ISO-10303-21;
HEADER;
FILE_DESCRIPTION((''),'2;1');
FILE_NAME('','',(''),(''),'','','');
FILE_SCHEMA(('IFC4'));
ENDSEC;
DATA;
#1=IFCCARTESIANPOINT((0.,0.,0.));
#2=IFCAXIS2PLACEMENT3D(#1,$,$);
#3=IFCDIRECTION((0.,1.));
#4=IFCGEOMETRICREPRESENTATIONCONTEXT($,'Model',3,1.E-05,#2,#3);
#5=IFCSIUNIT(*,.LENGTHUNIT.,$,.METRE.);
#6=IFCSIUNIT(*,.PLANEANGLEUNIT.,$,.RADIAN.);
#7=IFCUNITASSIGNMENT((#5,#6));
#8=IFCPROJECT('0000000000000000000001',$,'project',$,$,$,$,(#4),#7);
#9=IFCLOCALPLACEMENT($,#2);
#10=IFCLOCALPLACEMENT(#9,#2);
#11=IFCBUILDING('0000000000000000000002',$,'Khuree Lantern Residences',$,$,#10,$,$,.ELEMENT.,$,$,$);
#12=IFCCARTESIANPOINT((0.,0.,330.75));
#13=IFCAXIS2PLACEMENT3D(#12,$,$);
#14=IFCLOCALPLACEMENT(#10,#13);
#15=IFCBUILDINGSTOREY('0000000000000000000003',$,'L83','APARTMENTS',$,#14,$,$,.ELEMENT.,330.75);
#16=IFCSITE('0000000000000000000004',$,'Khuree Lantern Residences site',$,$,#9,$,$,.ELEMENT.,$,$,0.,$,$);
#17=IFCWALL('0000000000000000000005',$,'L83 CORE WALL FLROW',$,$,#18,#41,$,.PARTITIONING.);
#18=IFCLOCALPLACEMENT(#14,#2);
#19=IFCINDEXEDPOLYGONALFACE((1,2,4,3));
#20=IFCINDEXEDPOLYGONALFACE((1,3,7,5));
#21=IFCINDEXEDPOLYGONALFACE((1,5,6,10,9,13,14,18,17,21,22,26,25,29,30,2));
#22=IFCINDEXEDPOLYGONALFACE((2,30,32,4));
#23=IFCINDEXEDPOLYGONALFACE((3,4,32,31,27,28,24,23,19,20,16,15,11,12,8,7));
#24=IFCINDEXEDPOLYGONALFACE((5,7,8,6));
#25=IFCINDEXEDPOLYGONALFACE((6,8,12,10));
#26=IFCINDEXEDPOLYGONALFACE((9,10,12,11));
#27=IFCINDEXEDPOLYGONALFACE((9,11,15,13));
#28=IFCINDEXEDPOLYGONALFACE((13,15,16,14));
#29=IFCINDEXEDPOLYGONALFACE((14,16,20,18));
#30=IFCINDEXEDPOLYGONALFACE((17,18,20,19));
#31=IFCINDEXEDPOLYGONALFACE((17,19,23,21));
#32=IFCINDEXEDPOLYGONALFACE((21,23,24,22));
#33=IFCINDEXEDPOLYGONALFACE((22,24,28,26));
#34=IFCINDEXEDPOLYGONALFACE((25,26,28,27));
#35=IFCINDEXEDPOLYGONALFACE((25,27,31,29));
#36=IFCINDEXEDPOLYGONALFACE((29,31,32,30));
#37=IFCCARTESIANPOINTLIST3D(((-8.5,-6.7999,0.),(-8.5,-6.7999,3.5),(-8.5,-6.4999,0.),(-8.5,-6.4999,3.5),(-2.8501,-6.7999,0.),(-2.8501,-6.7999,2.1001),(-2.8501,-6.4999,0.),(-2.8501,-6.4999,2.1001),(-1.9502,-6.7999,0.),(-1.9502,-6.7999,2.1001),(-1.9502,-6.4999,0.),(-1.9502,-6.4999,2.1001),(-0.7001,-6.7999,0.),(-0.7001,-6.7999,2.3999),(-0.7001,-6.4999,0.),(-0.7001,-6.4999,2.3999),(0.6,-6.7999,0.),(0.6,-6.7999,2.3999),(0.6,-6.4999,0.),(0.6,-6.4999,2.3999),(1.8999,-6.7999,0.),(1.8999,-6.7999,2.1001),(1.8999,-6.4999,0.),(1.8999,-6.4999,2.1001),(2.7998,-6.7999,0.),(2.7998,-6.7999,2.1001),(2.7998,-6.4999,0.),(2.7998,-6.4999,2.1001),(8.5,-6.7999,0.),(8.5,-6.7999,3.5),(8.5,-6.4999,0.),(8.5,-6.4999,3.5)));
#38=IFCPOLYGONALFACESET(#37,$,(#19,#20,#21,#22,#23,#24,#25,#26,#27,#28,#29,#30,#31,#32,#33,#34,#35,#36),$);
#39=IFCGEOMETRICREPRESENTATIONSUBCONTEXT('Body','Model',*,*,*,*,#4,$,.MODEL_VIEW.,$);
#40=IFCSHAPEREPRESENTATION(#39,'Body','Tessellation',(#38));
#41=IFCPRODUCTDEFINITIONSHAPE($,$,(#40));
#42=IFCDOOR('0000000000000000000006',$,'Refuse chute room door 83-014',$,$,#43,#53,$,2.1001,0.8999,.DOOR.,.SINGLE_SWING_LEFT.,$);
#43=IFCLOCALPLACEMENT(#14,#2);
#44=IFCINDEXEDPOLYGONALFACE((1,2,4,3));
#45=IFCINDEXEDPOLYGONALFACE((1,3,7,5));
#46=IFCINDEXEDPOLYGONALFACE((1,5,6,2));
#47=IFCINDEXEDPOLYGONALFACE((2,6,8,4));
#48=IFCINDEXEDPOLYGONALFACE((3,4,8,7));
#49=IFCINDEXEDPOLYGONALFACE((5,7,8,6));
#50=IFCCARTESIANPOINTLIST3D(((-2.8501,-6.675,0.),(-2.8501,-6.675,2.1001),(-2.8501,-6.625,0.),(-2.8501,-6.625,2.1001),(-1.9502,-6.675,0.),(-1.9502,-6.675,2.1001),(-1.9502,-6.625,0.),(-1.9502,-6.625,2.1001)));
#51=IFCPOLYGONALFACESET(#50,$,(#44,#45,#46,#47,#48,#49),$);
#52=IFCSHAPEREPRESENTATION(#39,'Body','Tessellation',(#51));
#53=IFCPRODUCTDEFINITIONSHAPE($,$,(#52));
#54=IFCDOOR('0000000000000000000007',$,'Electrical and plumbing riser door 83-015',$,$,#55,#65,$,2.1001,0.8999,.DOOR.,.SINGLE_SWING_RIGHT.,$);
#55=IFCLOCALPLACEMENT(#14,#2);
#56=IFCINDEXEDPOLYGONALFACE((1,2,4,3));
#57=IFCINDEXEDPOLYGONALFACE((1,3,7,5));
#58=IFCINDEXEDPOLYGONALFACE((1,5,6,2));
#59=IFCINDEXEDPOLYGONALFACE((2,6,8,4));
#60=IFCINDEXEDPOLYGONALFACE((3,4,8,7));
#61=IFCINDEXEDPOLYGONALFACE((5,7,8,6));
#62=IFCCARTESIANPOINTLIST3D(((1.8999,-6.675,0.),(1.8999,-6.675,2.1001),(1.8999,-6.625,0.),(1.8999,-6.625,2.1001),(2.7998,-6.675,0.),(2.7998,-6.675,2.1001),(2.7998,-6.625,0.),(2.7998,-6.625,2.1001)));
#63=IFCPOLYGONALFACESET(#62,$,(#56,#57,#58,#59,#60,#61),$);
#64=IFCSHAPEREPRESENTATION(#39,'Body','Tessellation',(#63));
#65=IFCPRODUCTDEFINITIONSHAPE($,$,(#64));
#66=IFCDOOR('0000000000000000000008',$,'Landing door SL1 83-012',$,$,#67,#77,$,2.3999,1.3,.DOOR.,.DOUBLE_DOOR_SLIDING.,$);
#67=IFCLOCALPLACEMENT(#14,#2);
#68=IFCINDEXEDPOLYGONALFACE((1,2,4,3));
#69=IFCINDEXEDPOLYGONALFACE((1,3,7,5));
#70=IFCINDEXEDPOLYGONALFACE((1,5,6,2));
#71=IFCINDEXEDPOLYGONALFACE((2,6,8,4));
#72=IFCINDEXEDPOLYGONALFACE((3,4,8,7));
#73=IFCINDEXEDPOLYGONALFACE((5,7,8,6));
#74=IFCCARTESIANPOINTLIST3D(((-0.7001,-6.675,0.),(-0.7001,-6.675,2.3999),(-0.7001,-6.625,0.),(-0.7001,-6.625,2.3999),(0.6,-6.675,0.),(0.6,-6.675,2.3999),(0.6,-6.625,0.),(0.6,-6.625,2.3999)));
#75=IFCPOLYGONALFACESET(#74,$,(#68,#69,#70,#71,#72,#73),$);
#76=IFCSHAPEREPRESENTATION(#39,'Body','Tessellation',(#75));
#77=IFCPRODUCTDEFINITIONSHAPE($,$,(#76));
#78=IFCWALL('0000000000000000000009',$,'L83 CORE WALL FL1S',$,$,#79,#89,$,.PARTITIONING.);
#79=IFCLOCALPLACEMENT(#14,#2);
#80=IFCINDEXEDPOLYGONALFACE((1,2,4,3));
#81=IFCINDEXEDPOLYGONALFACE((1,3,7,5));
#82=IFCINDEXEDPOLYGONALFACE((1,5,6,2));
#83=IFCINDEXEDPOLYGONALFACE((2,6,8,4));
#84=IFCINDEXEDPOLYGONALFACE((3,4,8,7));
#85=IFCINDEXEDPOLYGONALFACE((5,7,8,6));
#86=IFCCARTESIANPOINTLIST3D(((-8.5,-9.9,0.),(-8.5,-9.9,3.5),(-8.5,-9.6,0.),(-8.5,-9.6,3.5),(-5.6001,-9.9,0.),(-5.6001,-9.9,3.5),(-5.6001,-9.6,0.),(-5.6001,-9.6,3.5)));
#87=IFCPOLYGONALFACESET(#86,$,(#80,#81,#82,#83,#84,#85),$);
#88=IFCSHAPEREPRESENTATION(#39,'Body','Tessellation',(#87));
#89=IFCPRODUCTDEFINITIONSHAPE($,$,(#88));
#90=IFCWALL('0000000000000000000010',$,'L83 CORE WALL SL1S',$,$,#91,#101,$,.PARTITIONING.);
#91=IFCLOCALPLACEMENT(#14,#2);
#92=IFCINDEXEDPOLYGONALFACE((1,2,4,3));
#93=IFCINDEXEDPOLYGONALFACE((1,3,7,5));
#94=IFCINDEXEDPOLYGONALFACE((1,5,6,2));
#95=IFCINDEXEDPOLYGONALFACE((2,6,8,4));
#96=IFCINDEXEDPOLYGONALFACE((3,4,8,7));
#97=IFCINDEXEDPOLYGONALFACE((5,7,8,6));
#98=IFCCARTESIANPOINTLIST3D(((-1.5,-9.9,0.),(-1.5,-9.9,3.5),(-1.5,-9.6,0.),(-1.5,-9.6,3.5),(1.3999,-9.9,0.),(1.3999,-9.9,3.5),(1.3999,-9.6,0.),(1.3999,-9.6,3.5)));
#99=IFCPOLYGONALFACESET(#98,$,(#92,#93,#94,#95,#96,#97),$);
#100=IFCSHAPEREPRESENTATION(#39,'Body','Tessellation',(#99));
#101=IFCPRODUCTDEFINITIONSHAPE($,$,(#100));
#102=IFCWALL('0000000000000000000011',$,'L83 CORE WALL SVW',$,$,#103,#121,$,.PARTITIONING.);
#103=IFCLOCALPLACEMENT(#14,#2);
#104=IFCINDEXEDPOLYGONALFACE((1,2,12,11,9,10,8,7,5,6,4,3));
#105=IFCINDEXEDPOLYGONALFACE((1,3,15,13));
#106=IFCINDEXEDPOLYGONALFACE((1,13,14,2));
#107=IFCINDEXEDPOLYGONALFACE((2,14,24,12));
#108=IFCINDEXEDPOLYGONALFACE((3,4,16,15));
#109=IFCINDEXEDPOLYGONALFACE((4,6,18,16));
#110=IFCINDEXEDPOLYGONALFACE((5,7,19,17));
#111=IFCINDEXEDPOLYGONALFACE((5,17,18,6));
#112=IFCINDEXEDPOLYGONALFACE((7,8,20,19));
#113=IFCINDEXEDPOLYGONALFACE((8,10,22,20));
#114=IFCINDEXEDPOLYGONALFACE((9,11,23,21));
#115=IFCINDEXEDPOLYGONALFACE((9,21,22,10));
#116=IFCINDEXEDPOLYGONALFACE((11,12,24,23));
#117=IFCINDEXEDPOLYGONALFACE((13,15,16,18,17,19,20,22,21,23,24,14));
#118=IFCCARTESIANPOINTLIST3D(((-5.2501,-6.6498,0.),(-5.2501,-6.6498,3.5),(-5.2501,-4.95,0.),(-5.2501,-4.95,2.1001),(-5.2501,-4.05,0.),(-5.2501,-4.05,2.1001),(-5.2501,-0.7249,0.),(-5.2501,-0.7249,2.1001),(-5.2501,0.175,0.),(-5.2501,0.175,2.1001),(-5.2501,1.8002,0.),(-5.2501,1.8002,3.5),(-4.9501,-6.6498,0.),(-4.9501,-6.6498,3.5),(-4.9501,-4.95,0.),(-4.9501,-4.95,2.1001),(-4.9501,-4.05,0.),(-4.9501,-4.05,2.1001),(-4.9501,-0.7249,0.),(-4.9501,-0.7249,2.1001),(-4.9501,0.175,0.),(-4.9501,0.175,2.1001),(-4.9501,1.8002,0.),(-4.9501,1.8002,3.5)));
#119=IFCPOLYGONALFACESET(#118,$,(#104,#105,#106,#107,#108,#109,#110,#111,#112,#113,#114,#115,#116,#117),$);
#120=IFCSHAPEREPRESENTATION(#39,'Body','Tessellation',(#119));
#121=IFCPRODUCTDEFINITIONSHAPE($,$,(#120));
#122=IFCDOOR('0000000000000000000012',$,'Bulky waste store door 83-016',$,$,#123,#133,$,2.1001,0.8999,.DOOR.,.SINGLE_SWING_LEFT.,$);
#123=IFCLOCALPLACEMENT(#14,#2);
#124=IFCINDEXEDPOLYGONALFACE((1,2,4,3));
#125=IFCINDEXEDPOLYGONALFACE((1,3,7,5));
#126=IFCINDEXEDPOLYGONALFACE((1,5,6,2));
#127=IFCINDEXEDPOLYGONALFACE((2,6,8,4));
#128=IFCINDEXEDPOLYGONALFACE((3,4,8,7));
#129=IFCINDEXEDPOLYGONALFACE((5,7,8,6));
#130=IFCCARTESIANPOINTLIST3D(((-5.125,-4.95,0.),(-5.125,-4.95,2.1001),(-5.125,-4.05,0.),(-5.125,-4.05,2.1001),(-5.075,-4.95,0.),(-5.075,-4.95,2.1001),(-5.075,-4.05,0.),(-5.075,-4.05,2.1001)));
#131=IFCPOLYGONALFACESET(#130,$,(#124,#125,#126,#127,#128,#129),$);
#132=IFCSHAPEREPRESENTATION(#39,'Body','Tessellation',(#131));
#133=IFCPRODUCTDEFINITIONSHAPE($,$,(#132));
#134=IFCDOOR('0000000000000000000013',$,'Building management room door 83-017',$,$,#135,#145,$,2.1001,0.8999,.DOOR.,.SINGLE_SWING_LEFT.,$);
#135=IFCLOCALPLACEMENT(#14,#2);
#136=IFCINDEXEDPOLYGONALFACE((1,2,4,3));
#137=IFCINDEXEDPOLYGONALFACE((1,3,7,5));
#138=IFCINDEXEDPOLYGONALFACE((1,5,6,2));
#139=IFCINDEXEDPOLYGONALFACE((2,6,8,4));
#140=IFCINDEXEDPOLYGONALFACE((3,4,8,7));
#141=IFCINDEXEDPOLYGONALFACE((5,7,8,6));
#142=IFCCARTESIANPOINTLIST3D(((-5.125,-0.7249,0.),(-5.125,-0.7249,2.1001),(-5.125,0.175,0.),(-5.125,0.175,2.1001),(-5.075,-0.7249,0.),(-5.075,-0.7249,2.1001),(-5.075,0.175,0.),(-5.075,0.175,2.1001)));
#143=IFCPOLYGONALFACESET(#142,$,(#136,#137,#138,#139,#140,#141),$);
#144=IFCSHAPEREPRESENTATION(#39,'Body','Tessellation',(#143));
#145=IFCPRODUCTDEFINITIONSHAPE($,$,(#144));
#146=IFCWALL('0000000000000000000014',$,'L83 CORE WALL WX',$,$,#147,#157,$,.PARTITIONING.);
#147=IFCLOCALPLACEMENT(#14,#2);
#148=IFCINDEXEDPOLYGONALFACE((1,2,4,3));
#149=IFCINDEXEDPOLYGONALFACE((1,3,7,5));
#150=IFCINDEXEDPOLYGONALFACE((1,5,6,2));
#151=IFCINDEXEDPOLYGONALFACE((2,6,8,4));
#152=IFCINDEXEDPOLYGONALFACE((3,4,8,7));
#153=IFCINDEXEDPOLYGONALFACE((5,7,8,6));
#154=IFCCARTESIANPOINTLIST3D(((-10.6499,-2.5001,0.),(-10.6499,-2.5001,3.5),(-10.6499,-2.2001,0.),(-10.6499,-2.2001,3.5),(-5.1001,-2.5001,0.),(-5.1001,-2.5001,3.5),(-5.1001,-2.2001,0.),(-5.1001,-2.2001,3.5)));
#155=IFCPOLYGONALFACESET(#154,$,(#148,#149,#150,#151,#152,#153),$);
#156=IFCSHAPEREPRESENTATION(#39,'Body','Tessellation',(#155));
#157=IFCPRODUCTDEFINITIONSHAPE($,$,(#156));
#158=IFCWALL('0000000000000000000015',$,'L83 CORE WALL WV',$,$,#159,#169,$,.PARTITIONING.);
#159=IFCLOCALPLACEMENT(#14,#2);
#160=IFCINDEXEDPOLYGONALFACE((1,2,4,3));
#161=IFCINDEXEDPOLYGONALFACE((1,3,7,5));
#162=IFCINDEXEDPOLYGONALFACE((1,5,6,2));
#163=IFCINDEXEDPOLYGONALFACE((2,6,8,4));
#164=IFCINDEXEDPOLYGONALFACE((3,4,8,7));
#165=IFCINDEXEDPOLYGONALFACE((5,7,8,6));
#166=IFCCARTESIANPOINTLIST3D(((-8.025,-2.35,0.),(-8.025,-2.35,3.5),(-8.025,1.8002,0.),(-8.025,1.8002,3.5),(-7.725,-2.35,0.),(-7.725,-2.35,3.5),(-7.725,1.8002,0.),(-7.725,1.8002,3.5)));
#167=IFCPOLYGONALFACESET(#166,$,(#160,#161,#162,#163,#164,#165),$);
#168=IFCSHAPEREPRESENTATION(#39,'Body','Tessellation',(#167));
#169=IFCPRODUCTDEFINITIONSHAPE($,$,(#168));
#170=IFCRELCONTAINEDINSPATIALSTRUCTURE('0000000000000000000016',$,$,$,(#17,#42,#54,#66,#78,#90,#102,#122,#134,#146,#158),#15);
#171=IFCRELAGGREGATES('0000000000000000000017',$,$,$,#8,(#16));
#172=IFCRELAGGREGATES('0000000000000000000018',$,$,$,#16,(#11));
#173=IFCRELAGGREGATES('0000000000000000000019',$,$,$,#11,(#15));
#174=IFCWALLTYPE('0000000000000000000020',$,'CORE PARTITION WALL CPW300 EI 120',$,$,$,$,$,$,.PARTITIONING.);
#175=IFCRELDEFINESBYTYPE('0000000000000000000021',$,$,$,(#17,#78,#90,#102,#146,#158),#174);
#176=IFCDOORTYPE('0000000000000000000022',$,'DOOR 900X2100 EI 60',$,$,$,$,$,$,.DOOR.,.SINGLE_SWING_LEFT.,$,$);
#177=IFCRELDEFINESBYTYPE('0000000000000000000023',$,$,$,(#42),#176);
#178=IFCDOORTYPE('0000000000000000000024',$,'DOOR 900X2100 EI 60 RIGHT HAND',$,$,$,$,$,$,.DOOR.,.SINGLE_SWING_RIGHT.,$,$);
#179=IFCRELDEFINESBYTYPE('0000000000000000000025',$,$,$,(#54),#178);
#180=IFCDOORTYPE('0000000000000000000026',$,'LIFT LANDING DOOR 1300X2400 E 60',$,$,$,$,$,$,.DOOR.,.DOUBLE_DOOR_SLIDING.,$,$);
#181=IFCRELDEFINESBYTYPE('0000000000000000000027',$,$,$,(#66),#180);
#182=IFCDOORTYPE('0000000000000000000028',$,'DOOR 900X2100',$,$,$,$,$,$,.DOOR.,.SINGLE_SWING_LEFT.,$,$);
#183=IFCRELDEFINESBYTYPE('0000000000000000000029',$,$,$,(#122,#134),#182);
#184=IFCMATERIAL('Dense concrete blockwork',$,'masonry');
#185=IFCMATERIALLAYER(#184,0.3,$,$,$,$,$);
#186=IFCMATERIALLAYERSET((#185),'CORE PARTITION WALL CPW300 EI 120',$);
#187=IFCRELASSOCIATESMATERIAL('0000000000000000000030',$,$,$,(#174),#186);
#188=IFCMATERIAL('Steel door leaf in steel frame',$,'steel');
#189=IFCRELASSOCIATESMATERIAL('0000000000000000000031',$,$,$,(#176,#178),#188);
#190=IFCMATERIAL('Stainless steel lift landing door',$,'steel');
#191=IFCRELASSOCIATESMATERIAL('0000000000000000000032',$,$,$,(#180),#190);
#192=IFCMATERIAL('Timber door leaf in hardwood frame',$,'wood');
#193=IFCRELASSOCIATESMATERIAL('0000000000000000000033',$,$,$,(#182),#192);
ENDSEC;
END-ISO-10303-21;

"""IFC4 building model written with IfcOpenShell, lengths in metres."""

from ifc_helpers import new_model, si_unit, direction, frame, frame_2d, origin, place, context, subcontext, project, spatial, rectangle, extrude, material, layer, layer_set, type_object, element, fill, save


model = new_model("IFC4")

# Units and contexts
model_context = context("Model", 3, precision=1e-05, world=origin(), true_north=direction((0.0, 1.0)))
body_context = subcontext(model_context, "Body", "Model", "MODEL_VIEW")
ifc_project = project(units=[si_unit("LENGTHUNIT", "METRE"), si_unit("PLANEANGLEUNIT", "RADIAN")], contexts=[model_context])

# Site, building, storey
site_placement = place(None, origin())
site = spatial("IfcSite", under=ifc_project, at=site_placement, Name="Khuree Lantern Residences site", CompositionType="ELEMENT", RefElevation=0.0)
building_placement = place(site_placement, origin())
building = spatial("IfcBuilding", under=site, at=building_placement, Name="Khuree Lantern Residences", CompositionType="ELEMENT")
storey_placement = place(building_placement, frame((0.0, 0.0, 330.75)))
storey = spatial("IfcBuildingStorey", under=building, at=storey_placement, Name="L83", Description="APARTMENTS", CompositionType="ELEMENT", Elevation=330.75)

# Wall, openings, doors
ifc_material_1 = material(Name="Dense concrete blockwork", Category="masonry")
ifc_layer_1 = layer(ifc_material_1, 0.3)
ifc_layer_set_1 = layer_set([ifc_layer_1], Name="CORE PARTITION WALL CPW300 EI 120")
wall_type_1 = type_object("IfcWallType", Name="CORE PARTITION WALL CPW300 EI 120", PredefinedType="PARTITIONING", material=ifc_layer_set_1)
wall_1_placement = place(storey_placement, frame((-8.5, -6.6499, 0.0), z_axis=(0.0, 0.0, 1.0), x_axis=(1.0, 0.0, 0.0)))
wall_1 = element("IfcWall", 1, at=wall_1_placement, inside=storey, type_object=wall_type_1, Name="L83 CORE WALL FLROW", PredefinedType="PARTITIONING", context=body_context, shape_type="SweptSolid", body=[
    extrude(rectangle(XDim=17.0, YDim=0.3, at=frame_2d((8.5, 0.0))), origin(), (0.0, 0.0, 1.0), 3.5),
])
opening_1_placement = place(wall_1_placement, frame((7.8, 0.0, 0.0)))
opening_1 = element("IfcOpeningElement", 2, at=opening_1_placement, cuts=wall_1, PredefinedType="OPENING", context=body_context, shape_type="SweptSolid", body=[
    extrude(rectangle(XDim=1.3, YDim=2.3999, at=frame_2d((0.6499, 1.2))), frame((0.0, 0.1602, 0.0), z_axis=(0.0, -1.0, 0.0), x_axis=(1.0, 0.0, 0.0)), (0.0, 0.0, 1.0), 0.3201),
])
opening_2_placement = place(wall_1_placement, frame((5.6499, 0.0, 0.0)))
opening_2 = element("IfcOpeningElement", 3, at=opening_2_placement, cuts=wall_1, PredefinedType="OPENING", context=body_context, shape_type="SweptSolid", body=[
    extrude(rectangle(XDim=0.8999, YDim=2.1001, at=frame_2d((0.45, 1.05))), frame((0.0, 0.1602, 0.0), z_axis=(0.0, -1.0, 0.0), x_axis=(1.0, 0.0, 0.0)), (0.0, 0.0, 1.0), 0.3201),
])
opening_3_placement = place(wall_1_placement, frame((10.3999, 0.0, 0.0)))
opening_3 = element("IfcOpeningElement", 4, at=opening_3_placement, cuts=wall_1, PredefinedType="OPENING", context=body_context, shape_type="SweptSolid", body=[
    extrude(rectangle(XDim=0.8999, YDim=2.1001, at=frame_2d((0.45, 1.05))), frame((0.0, 0.1602, 0.0), z_axis=(0.0, -1.0, 0.0), x_axis=(1.0, 0.0, 0.0)), (0.0, 0.0, 1.0), 0.3201),
])
ifc_material_2 = material(Name="Steel door leaf in steel frame", Category="steel")
door_type_1 = type_object("IfcDoorType", Name="DOOR 900X2100 EI 60", OperationType="SINGLE_SWING_LEFT", PredefinedType="DOOR", material=ifc_material_2)
door_1_placement = place(opening_2_placement, origin())
door_1 = element("IfcDoor", 5, at=door_1_placement, inside=storey, type_object=door_type_1, Name="Refuse chute room door 83-014", OperationType="SINGLE_SWING_LEFT", OverallHeight=2.1001, OverallWidth=0.8999, PredefinedType="DOOR", context=body_context, shape_type="SweptSolid", body=[
    extrude(rectangle(XDim=0.8999, YDim=2.1001, at=frame_2d((0.45, 1.05))), frame((0.0, 0.0249, 0.0), z_axis=(0.0, -1.0, 0.0), x_axis=(1.0, 0.0, 0.0)), (0.0, 0.0, 1.0), 0.05),
])
fill(opening_2, door_1)
door_type_2 = type_object("IfcDoorType", Name="DOOR 900X2100 EI 60 RIGHT HAND", OperationType="SINGLE_SWING_RIGHT", PredefinedType="DOOR", material=ifc_material_2)
door_2_placement = place(opening_3_placement, origin())
door_2 = element("IfcDoor", 6, at=door_2_placement, inside=storey, type_object=door_type_2, Name="Electrical and plumbing riser door 83-015", OperationType="SINGLE_SWING_RIGHT", OverallHeight=2.1001, OverallWidth=0.8999, PredefinedType="DOOR", context=body_context, shape_type="SweptSolid", body=[
    extrude(rectangle(XDim=0.8999, YDim=2.1001, at=frame_2d((0.45, 1.05))), frame((0.0, 0.0249, 0.0), z_axis=(0.0, -1.0, 0.0), x_axis=(1.0, 0.0, 0.0)), (0.0, 0.0, 1.0), 0.05),
])
fill(opening_3, door_2)
ifc_material_3 = material(Name="Stainless steel lift landing door", Category="steel")
door_type_3 = type_object("IfcDoorType", Name="LIFT LANDING DOOR 1300X2400 E 60", OperationType="DOUBLE_DOOR_SLIDING", PredefinedType="DOOR", material=ifc_material_3)
door_3_placement = place(opening_1_placement, origin())
door_3 = element("IfcDoor", 7, at=door_3_placement, inside=storey, type_object=door_type_3, Name="Landing door SL1 83-012", OperationType="DOUBLE_DOOR_SLIDING", OverallHeight=2.3999, OverallWidth=1.3, PredefinedType="DOOR", context=body_context, shape_type="SweptSolid", body=[
    extrude(rectangle(XDim=1.3, YDim=2.3999, at=frame_2d((0.6499, 1.2))), frame((0.0, 0.0249, 0.0), z_axis=(0.0, -1.0, 0.0), x_axis=(1.0, 0.0, 0.0)), (0.0, 0.0, 1.0), 0.05),
])
fill(opening_1, door_3)

# Walls
for number, where, z_axis, x_axis, name in (
    (8, (-8.5, -9.75, 0.0), (0.0, 0.0, 1.0), (1.0, 0.0, 0.0), "L83 CORE WALL FL1S"),
    (9, (-1.5, -9.75, 0.0), (0.0, 0.0, 1.0), (1.0, 0.0, 0.0), "L83 CORE WALL SL1S"),
):
    element("IfcWall", number, at=place(storey_placement, frame(where, z_axis=z_axis, x_axis=x_axis)), inside=storey, type_object=wall_type_1, Name=name, PredefinedType="PARTITIONING", context=body_context, shape_type="SweptSolid", body=[
        extrude(rectangle(XDim=2.8999, YDim=0.3, at=frame_2d((1.45, 0.0))), origin(), (0.0, 0.0, 1.0), 3.5),
    ])

# Wall, openings, doors
wall_2_placement = place(storey_placement, frame((-5.1001, -6.6499, 0.0), z_axis=(0.0, 0.0, 1.0), x_axis=(0.0, 1.0, 0.0)))
wall_2 = element("IfcWall", 10, at=wall_2_placement, inside=storey, type_object=wall_type_1, Name="L83 CORE WALL SVW", PredefinedType="PARTITIONING", context=body_context, shape_type="SweptSolid", body=[
    extrude(rectangle(XDim=8.45, YDim=0.3, at=frame_2d((4.2251, 0.0))), origin(), (0.0, 0.0, 1.0), 3.5),
])
opening_4_placement = place(wall_2_placement, frame((1.7, 0.0, 0.0)))
opening_4 = element("IfcOpeningElement", 11, at=opening_4_placement, cuts=wall_2, PredefinedType="OPENING", context=body_context, shape_type="SweptSolid", body=[
    extrude(rectangle(XDim=0.8999, YDim=2.1001, at=frame_2d((0.45, 1.05))), frame((0.0, 0.1602, 0.0), z_axis=(0.0, -1.0, 0.0), x_axis=(1.0, 0.0, 0.0)), (0.0, 0.0, 1.0), 0.3201),
])
opening_5_placement = place(wall_2_placement, frame((5.925, 0.0, 0.0)))
opening_5 = element("IfcOpeningElement", 12, at=opening_5_placement, cuts=wall_2, PredefinedType="OPENING", context=body_context, shape_type="SweptSolid", body=[
    extrude(rectangle(XDim=0.8999, YDim=2.1001, at=frame_2d((0.45, 1.05))), frame((0.0, 0.1602, 0.0), z_axis=(0.0, -1.0, 0.0), x_axis=(1.0, 0.0, 0.0)), (0.0, 0.0, 1.0), 0.3201),
])
ifc_material_4 = material(Name="Timber door leaf in hardwood frame", Category="wood")
door_type_4 = type_object("IfcDoorType", Name="DOOR 900X2100", OperationType="SINGLE_SWING_LEFT", PredefinedType="DOOR", material=ifc_material_4)
door_4_placement = place(opening_4_placement, origin())
door_4 = element("IfcDoor", 13, at=door_4_placement, inside=storey, type_object=door_type_4, Name="Bulky waste store door 83-016", OperationType="SINGLE_SWING_LEFT", OverallHeight=2.1001, OverallWidth=0.8999, PredefinedType="DOOR", context=body_context, shape_type="SweptSolid", body=[
    extrude(rectangle(XDim=0.8999, YDim=2.1001, at=frame_2d((0.45, 1.05))), frame((0.0, 0.0249, 0.0), z_axis=(0.0, -1.0, 0.0), x_axis=(1.0, 0.0, 0.0)), (0.0, 0.0, 1.0), 0.05),
])
fill(opening_4, door_4)
door_5_placement = place(opening_5_placement, origin())
door_5 = element("IfcDoor", 14, at=door_5_placement, inside=storey, type_object=door_type_4, Name="Building management room door 83-017", OperationType="SINGLE_SWING_LEFT", OverallHeight=2.1001, OverallWidth=0.8999, PredefinedType="DOOR", context=body_context, shape_type="SweptSolid", body=[
    extrude(rectangle(XDim=0.8999, YDim=2.1001, at=frame_2d((0.45, 1.05))), frame((0.0, 0.0249, 0.0), z_axis=(0.0, -1.0, 0.0), x_axis=(1.0, 0.0, 0.0)), (0.0, 0.0, 1.0), 0.05),
])
fill(opening_5, door_5)

# Walls
wall_3_placement = place(storey_placement, frame((-10.6499, -2.3501, 0.0), z_axis=(0.0, 0.0, 1.0), x_axis=(1.0, 0.0, 0.0)))
element("IfcWall", 15, at=wall_3_placement, inside=storey, type_object=wall_type_1, Name="L83 CORE WALL WX", PredefinedType="PARTITIONING", context=body_context, shape_type="SweptSolid", body=[
    extrude(rectangle(XDim=5.5498, YDim=0.3, at=frame_2d((2.7749, 0.0))), origin(), (0.0, 0.0, 1.0), 3.5),
])
wall_4_placement = place(storey_placement, frame((-7.875, -2.3501, 0.0), z_axis=(0.0, 0.0, 1.0), x_axis=(0.0, 1.0, 0.0)))
element("IfcWall", 16, at=wall_4_placement, inside=storey, type_object=wall_type_1, Name="L83 CORE WALL WV", PredefinedType="PARTITIONING", context=body_context, shape_type="SweptSolid", body=[
    extrude(rectangle(XDim=4.1501, YDim=0.3, at=frame_2d((2.0752, 0.0))), origin(), (0.0, 0.0, 1.0), 3.5),
])

save(model, "model.ifc")
